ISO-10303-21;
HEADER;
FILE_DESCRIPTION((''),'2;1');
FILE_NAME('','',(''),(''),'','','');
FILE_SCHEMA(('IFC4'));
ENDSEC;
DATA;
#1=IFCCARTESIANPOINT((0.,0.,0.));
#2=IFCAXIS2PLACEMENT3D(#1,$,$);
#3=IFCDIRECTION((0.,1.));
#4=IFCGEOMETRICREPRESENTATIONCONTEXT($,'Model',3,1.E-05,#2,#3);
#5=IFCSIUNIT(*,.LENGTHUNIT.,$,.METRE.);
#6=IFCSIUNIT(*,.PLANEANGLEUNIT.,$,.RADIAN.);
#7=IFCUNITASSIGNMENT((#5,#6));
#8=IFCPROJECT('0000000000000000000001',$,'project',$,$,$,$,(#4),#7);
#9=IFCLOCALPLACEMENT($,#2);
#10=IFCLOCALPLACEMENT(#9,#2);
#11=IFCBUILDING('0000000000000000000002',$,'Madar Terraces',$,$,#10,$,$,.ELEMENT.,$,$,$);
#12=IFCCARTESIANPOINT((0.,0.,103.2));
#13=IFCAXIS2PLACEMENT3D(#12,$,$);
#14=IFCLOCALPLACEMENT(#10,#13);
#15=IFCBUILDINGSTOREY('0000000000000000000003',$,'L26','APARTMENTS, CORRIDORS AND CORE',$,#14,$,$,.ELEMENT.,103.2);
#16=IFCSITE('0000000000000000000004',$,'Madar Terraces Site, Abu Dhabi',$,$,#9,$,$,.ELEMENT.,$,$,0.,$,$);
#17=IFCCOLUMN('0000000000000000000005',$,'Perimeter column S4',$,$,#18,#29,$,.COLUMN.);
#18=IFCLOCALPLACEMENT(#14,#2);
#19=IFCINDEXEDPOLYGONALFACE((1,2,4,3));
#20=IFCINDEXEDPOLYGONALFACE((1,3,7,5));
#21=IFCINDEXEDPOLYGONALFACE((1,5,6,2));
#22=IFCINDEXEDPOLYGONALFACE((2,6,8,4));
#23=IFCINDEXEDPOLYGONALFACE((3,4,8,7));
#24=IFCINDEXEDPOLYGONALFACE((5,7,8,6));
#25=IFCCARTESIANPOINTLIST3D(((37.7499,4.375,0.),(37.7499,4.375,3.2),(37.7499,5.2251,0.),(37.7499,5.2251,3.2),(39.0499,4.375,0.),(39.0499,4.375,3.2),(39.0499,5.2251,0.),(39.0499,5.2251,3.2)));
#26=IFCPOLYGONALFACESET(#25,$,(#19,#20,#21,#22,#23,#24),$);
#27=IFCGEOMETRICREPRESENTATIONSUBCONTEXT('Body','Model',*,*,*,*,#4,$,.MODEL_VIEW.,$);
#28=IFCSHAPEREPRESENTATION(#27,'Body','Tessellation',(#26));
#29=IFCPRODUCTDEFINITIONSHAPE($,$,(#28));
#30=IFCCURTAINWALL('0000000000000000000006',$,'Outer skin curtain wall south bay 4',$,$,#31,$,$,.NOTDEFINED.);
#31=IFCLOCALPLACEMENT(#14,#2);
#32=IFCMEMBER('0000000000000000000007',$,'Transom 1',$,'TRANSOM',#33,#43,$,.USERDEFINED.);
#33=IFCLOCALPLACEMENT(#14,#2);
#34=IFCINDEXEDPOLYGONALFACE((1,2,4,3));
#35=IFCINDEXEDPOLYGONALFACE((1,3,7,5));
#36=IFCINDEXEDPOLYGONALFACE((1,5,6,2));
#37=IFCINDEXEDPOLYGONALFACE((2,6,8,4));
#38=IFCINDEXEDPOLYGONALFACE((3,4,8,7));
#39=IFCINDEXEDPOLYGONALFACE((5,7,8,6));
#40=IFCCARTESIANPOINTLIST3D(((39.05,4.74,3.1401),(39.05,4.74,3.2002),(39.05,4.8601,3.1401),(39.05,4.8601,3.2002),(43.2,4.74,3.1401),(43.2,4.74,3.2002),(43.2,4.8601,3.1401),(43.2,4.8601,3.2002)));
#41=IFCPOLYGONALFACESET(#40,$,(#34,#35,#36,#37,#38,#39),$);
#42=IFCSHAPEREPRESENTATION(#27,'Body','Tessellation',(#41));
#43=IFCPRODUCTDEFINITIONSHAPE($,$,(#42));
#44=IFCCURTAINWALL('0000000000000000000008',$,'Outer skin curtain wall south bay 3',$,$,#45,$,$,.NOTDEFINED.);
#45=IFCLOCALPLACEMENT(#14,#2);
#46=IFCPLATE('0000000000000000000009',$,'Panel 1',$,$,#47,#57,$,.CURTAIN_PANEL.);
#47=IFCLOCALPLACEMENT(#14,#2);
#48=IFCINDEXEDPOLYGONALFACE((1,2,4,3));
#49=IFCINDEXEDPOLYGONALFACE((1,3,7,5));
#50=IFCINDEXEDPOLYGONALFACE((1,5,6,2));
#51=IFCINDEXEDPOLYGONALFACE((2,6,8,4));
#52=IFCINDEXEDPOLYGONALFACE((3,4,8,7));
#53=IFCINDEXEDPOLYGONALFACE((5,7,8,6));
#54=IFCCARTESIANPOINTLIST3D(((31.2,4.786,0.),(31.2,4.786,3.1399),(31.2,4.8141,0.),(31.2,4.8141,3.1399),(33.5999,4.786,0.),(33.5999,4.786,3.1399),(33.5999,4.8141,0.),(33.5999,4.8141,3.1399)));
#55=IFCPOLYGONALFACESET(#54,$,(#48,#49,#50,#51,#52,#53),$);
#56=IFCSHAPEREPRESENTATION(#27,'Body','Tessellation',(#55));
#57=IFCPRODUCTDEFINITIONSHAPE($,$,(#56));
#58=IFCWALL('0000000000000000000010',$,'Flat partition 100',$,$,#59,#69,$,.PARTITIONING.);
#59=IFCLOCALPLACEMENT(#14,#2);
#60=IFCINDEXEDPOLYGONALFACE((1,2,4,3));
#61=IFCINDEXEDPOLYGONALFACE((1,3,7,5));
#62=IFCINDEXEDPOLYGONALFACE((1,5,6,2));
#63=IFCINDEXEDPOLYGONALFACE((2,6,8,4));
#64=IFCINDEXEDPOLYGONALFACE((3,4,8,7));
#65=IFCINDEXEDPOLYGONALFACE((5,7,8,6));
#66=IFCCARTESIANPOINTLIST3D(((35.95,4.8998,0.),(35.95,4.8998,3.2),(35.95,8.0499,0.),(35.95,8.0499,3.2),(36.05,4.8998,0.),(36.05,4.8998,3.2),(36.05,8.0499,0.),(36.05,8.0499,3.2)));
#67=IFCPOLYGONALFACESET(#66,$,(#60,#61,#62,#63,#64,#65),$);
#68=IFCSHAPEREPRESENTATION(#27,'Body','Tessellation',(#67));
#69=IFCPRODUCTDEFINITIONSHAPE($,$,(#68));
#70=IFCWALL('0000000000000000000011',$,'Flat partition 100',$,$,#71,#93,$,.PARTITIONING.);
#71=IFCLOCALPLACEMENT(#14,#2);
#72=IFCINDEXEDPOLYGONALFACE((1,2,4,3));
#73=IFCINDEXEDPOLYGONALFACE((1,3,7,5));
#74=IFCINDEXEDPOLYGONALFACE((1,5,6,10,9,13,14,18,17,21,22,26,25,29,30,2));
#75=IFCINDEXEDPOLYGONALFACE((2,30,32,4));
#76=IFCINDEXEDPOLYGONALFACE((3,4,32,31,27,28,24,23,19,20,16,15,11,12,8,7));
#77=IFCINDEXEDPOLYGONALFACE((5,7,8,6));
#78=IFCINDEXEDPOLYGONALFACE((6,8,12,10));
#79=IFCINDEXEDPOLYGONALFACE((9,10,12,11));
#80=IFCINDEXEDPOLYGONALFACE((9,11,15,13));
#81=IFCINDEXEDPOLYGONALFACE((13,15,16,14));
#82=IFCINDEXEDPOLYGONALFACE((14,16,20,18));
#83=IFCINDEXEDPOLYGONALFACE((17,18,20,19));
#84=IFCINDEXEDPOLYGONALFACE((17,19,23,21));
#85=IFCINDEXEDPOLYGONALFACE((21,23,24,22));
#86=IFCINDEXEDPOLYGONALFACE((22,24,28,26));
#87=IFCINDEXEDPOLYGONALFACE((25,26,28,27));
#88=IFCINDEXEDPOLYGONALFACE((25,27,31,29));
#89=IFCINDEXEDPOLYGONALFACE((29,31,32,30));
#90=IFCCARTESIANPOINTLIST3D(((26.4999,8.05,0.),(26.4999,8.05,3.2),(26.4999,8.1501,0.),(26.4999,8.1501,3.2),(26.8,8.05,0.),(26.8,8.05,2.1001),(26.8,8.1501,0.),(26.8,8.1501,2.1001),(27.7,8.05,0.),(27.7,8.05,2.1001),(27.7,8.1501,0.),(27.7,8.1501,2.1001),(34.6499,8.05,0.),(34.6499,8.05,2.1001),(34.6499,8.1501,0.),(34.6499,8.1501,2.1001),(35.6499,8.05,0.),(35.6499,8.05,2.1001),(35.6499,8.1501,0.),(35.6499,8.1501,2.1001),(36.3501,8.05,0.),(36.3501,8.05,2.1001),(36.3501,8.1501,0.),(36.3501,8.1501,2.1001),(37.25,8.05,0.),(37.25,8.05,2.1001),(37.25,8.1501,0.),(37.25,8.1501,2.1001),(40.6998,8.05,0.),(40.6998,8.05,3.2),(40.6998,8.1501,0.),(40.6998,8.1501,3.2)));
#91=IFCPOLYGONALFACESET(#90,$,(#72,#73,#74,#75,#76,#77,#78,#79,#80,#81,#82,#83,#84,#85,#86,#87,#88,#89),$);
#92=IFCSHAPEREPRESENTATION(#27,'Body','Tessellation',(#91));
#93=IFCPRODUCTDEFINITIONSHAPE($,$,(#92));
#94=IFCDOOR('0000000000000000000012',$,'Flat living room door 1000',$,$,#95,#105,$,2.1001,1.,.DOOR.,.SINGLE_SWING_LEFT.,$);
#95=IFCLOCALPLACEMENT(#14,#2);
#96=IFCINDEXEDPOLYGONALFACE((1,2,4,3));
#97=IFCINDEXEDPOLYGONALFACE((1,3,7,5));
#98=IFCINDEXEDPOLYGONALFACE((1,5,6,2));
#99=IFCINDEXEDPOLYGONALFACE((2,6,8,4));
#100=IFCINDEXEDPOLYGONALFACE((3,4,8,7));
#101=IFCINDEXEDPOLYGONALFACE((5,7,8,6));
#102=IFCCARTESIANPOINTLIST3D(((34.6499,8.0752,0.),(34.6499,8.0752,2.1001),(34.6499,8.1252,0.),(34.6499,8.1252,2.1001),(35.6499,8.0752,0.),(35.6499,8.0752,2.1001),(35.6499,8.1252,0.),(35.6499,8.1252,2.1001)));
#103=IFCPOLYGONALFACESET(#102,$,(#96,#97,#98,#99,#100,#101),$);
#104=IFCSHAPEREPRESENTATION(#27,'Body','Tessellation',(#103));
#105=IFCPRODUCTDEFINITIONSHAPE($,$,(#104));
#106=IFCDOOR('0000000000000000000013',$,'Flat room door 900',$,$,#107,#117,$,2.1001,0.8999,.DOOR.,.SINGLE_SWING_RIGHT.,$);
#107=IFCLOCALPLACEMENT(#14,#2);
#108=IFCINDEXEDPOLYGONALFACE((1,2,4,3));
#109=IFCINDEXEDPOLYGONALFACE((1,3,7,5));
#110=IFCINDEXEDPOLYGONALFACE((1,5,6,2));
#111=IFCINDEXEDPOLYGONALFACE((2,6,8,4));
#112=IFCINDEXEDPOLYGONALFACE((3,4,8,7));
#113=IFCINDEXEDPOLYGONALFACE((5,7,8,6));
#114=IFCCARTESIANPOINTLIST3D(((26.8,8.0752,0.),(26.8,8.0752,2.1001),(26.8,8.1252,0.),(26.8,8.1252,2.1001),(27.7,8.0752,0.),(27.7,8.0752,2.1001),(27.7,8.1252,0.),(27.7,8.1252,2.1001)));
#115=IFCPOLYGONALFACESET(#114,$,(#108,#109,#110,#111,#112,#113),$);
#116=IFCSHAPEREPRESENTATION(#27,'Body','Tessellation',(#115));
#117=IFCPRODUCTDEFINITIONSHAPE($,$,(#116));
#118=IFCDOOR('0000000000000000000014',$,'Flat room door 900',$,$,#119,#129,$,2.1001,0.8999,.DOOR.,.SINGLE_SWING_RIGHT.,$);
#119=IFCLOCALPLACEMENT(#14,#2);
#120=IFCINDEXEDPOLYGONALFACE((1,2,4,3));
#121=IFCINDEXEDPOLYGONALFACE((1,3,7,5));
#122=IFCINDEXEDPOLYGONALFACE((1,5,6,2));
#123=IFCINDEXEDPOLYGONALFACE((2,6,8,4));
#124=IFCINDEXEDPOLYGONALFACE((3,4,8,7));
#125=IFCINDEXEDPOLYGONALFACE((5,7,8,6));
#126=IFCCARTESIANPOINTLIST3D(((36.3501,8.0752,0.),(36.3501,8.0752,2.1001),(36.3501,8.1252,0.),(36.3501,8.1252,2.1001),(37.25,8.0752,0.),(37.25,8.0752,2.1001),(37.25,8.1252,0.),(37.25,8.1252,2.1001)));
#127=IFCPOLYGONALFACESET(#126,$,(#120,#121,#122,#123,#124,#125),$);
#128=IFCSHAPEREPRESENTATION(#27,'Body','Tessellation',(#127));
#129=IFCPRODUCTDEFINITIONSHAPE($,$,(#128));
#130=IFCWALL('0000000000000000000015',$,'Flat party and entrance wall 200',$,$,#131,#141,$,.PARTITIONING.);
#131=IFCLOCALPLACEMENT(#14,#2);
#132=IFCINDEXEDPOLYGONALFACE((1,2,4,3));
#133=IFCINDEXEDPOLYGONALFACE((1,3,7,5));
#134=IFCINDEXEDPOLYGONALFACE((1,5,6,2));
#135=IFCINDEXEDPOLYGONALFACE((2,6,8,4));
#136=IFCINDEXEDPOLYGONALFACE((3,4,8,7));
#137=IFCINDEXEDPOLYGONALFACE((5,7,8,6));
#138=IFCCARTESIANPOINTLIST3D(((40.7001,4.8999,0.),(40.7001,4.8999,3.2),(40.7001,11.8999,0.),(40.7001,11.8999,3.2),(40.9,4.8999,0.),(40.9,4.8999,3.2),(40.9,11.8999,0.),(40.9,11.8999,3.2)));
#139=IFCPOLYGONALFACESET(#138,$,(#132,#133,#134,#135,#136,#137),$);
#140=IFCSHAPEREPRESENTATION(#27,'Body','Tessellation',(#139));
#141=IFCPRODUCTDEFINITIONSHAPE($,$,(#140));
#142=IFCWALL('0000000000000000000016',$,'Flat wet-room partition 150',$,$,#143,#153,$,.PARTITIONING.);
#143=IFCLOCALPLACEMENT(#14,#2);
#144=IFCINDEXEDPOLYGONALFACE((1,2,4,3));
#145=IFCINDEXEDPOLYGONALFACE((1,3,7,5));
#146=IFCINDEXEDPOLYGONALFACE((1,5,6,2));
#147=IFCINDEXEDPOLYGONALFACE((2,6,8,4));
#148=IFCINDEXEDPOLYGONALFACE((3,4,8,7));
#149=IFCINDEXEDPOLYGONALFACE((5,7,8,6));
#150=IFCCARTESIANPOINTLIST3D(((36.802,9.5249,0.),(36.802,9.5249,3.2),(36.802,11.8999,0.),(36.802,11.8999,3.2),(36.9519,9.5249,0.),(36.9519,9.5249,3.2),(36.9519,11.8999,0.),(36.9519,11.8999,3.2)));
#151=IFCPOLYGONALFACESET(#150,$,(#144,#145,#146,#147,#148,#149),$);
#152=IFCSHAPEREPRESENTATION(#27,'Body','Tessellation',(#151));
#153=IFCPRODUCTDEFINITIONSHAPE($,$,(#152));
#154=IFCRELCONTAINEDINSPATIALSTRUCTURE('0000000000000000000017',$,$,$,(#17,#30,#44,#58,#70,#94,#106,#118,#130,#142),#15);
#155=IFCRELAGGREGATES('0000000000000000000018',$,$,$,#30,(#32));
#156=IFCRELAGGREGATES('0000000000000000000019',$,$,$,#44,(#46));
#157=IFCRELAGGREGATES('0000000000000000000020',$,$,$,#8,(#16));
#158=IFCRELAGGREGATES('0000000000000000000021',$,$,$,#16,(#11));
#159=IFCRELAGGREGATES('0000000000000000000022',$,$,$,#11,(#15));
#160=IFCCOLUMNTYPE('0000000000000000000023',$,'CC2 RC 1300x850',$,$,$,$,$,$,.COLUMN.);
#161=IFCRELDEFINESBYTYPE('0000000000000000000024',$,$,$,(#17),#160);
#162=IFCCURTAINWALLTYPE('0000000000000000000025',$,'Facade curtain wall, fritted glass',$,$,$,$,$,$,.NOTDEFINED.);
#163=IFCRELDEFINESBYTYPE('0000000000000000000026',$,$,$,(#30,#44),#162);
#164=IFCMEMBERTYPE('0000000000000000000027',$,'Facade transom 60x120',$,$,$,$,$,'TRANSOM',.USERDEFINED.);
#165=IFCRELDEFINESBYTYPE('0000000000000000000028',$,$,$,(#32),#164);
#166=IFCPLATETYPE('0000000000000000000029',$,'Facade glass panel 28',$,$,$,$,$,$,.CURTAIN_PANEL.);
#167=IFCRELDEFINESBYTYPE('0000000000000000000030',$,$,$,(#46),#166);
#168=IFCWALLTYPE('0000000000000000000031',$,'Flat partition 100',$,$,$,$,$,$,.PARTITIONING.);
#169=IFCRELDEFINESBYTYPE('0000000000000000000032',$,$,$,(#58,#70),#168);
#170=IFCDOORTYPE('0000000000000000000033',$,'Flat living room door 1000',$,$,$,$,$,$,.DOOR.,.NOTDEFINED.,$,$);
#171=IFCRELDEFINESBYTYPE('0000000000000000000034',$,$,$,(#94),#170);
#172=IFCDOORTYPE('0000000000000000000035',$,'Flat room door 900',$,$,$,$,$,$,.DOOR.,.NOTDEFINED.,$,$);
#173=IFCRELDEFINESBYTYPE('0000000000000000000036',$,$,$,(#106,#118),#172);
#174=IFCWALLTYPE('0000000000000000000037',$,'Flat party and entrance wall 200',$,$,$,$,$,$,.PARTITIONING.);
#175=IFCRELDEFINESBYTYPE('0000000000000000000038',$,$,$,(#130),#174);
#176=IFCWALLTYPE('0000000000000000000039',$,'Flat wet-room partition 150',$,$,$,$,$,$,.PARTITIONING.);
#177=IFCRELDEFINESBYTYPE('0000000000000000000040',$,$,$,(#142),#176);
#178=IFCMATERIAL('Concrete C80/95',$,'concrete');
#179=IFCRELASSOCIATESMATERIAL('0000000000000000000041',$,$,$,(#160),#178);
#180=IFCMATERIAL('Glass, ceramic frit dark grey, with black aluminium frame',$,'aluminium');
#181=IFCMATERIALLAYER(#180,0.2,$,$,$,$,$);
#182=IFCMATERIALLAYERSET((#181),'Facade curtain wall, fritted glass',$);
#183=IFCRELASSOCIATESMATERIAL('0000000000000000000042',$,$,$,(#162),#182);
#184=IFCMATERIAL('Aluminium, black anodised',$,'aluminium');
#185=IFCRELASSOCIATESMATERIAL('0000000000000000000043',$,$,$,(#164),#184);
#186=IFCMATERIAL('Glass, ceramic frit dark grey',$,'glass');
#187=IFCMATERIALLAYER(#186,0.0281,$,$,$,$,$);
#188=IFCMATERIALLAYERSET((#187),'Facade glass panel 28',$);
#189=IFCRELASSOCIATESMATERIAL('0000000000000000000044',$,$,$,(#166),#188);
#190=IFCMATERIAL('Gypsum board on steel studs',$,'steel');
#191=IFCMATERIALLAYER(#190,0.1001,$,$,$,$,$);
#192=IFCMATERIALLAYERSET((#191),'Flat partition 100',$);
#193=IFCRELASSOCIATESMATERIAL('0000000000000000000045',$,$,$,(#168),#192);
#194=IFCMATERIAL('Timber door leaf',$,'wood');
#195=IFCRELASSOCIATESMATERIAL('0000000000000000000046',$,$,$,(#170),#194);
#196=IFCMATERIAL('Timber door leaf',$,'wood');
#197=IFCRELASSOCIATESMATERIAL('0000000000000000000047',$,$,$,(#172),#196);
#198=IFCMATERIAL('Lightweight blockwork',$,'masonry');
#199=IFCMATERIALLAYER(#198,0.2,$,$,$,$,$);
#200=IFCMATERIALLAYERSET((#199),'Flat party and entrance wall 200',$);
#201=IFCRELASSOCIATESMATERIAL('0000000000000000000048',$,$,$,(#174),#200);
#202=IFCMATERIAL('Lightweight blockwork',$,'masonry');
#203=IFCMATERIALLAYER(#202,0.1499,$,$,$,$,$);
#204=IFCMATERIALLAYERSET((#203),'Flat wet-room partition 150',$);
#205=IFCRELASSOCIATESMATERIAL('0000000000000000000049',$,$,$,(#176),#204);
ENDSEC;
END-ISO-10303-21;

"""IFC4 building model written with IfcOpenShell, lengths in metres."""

from ifc_helpers import new_model, si_unit, direction, frame, frame_2d, origin, origin_2d, place, context, subcontext, project, spatial, rectangle, extrude, material, layer, layer_set, material_profile, profile_set, type_object, element, fill, aggregate, save


model = new_model("IFC4")

# Units and contexts
model_context = context("Model", 3, precision=1e-05, world=origin(), true_north=direction((0.0, 1.0)))
body_context = subcontext(model_context, "Body", "Model", "MODEL_VIEW")
ifc_project = project(units=[si_unit("LENGTHUNIT", "METRE"), si_unit("PLANEANGLEUNIT", "RADIAN")], contexts=[model_context])

# Site, building, storey
site_placement = place(None, origin())
site = spatial("IfcSite", under=ifc_project, at=site_placement, Name="Madar Terraces Site, Abu Dhabi", CompositionType="ELEMENT", RefElevation=0.0)
building_placement = place(site_placement, origin())
building = spatial("IfcBuilding", under=site, at=building_placement, Name="Madar Terraces", CompositionType="ELEMENT")
storey_placement = place(building_placement, frame((0.0, 0.0, 103.2)))
storey = spatial("IfcBuildingStorey", under=building, at=storey_placement, Name="L26", Description="APARTMENTS, CORRIDORS AND CORE", CompositionType="ELEMENT", Elevation=103.2)

# Column
ifc_material_1 = material(Name="Concrete C80/95", Category="concrete")
ifc_material_profile_1 = material_profile(ifc_material_1, rectangle(XDim=1.3, YDim=0.8501, at=origin_2d()), Name="CC2 RC 1300x850")
ifc_profile_set_1 = profile_set([ifc_material_profile_1], Name="Concrete C80/95")
column_type = type_object("IfcColumnType", Name="CC2 RC 1300x850", PredefinedType="COLUMN", material=ifc_profile_set_1)
column_placement = place(storey_placement, frame((38.3999, 4.8, 0.0), z_axis=(0.0, 0.0, 1.0), x_axis=(1.0, 0.0, 0.0)))
element("IfcColumn", 1, at=column_placement, inside=storey, type_object=column_type, Name="Perimeter column S4", PredefinedType="COLUMN", context=body_context, shape_type="SweptSolid", body=[
    extrude(rectangle(XDim=1.3, YDim=0.8501, at=origin_2d()), origin(), (0.0, 0.0, 1.0), 3.2),
])

# Curtain wall, member
ifc_material_2 = material(Name="Glass, ceramic frit dark grey, with black aluminium frame", Category="aluminium")
ifc_layer_1 = layer(ifc_material_2, 0.2)
ifc_layer_set_1 = layer_set([ifc_layer_1], Name="Facade curtain wall, fritted glass")
curtain_wall_type = type_object("IfcCurtainWallType", Name="Facade curtain wall, fritted glass", PredefinedType="NOTDEFINED", material=ifc_layer_set_1)
curtain_wall_1_placement = place(storey_placement, origin())
curtain_wall_1 = element("IfcCurtainWall", 2, at=curtain_wall_1_placement, inside=storey, type_object=curtain_wall_type, Name="Outer skin curtain wall south bay 4", PredefinedType="NOTDEFINED")
ifc_material_3 = material(Name="Aluminium, black anodised", Category="aluminium")
ifc_material_profile_2 = material_profile(ifc_material_3, rectangle(XDim=0.1201, YDim=0.0601, at=origin_2d()), Name="Facade transom 60x120")
ifc_profile_set_2 = profile_set([ifc_material_profile_2], Name="Aluminium, black anodised")
member_type = type_object("IfcMemberType", Name="Facade transom 60x120", ElementType="TRANSOM", PredefinedType="USERDEFINED", material=ifc_profile_set_2)
member_placement = place(storey_placement, frame((39.05, 4.8, 3.1702), z_axis=(1.0, 0.0, 0.0), x_axis=(0.0, 1.0, 0.0)))
member = element("IfcMember", 3, at=member_placement, type_object=member_type, Name="Transom 1", ObjectType="TRANSOM", PredefinedType="USERDEFINED", context=body_context, shape_type="SweptSolid", body=[
    extrude(rectangle(XDim=0.1201, YDim=0.0601, at=origin_2d()), origin(), (0.0, 0.0, 1.0), 4.1499),
])
aggregate(curtain_wall_1, [member])

# Curtain wall, plate
curtain_wall_2_placement = place(storey_placement, origin())
curtain_wall_2 = element("IfcCurtainWall", 4, at=curtain_wall_2_placement, inside=storey, type_object=curtain_wall_type, Name="Outer skin curtain wall south bay 3", PredefinedType="NOTDEFINED")
ifc_material_4 = material(Name="Glass, ceramic frit dark grey", Category="glass")
ifc_layer_2 = layer(ifc_material_4, 0.0281)
ifc_layer_set_2 = layer_set([ifc_layer_2], Name="Facade glass panel 28")
plate_type = type_object("IfcPlateType", Name="Facade glass panel 28", PredefinedType="CURTAIN_PANEL", material=ifc_layer_set_2)
plate_placement = place(storey_placement, frame((32.3999, 4.8, 0.0), z_axis=(0.0, 0.0, 1.0), x_axis=(1.0, 0.0, 0.0)))
plate = element("IfcPlate", 5, at=plate_placement, type_object=plate_type, Name="Panel 1", PredefinedType="CURTAIN_PANEL", context=body_context, shape_type="SweptSolid", body=[
    extrude(rectangle(XDim=2.3999, YDim=0.0281, at=origin_2d()), origin(), (0.0, 0.0, 1.0), 3.1399),
])
aggregate(curtain_wall_2, [plate])

# Wall
ifc_material_5 = material(Name="Gypsum board on steel studs", Category="steel")
ifc_layer_3 = layer(ifc_material_5, 0.1001)
ifc_layer_set_3 = layer_set([ifc_layer_3], Name="Flat partition 100")
wall_type_1 = type_object("IfcWallType", Name="Flat partition 100", PredefinedType="PARTITIONING", material=ifc_layer_set_3)
wall_1_placement = place(storey_placement, frame((36.0, 8.05, 0.0), z_axis=(0.0, 0.0, 1.0), x_axis=(0.0, -1.0, 0.0)))
element("IfcWall", 6, at=wall_1_placement, inside=storey, type_object=wall_type_1, Name="Flat partition 100", PredefinedType="PARTITIONING", context=body_context, shape_type="SweptSolid", body=[
    extrude(rectangle(XDim=3.1501, YDim=0.1001, at=frame_2d((1.5752, 0.0))), origin(), (0.0, 0.0, 1.0), 3.2),
])

# Wall, openings, doors
wall_2_placement = place(storey_placement, frame((40.7, 8.1001, 0.0), z_axis=(0.0, 0.0, 1.0), x_axis=(-1.0, 0.0, 0.0)))
wall_2 = element("IfcWall", 7, at=wall_2_placement, inside=storey, type_object=wall_type_1, Name="Flat partition 100", PredefinedType="PARTITIONING", context=body_context, shape_type="SweptSolid", body=[
    extrude(rectangle(XDim=14.2, YDim=0.1001, at=frame_2d((7.1001, 0.0))), origin(), (0.0, 0.0, 1.0), 3.2),
])
opening_1_placement = place(wall_2_placement, frame((13.0, 0.0, 0.0)))
opening_1 = element("IfcOpeningElement", 8, at=opening_1_placement, cuts=wall_2, PredefinedType="OPENING", context=body_context, shape_type="SweptSolid", body=[
    extrude(rectangle(XDim=0.8999, YDim=2.1001, at=frame_2d((0.45, 1.05))), frame((0.0, 0.0601, 0.0), z_axis=(0.0, -1.0, 0.0), x_axis=(1.0, 0.0, 0.0)), (0.0, 0.0, 1.0), 0.1201),
])
opening_2_placement = place(wall_2_placement, frame((5.05, 0.0, 0.0)))
opening_2 = element("IfcOpeningElement", 9, at=opening_2_placement, cuts=wall_2, PredefinedType="OPENING", context=body_context, shape_type="SweptSolid", body=[
    extrude(rectangle(XDim=1.0, YDim=2.1001, at=frame_2d((0.5, 1.05))), frame((0.0, 0.0601, 0.0), z_axis=(0.0, -1.0, 0.0), x_axis=(1.0, 0.0, 0.0)), (0.0, 0.0, 1.0), 0.1201),
])
opening_3_placement = place(wall_2_placement, frame((3.45, 0.0, 0.0)))
opening_3 = element("IfcOpeningElement", 10, at=opening_3_placement, cuts=wall_2, PredefinedType="OPENING", context=body_context, shape_type="SweptSolid", body=[
    extrude(rectangle(XDim=0.8999, YDim=2.1001, at=frame_2d((0.45, 1.05))), frame((0.0, 0.0601, 0.0), z_axis=(0.0, -1.0, 0.0), x_axis=(1.0, 0.0, 0.0)), (0.0, 0.0, 1.0), 0.1201),
])
ifc_material_6 = material(Name="Timber door leaf", Category="wood")
door_type_1 = type_object("IfcDoorType", Name="Flat living room door 1000", OperationType="NOTDEFINED", PredefinedType="DOOR", material=ifc_material_6)
door_1_placement = place(opening_2_placement, origin())
door_1 = element("IfcDoor", 11, at=door_1_placement, inside=storey, type_object=door_type_1, Name="Flat living room door 1000", OperationType="SINGLE_SWING_LEFT", OverallHeight=2.1001, OverallWidth=1.0, PredefinedType="DOOR", context=body_context, shape_type="SweptSolid", body=[
    extrude(rectangle(XDim=1.0, YDim=2.1001, at=frame_2d((0.5, 1.05))), frame((0.0, 0.0249, 0.0), z_axis=(0.0, -1.0, 0.0), x_axis=(1.0, 0.0, 0.0)), (0.0, 0.0, 1.0), 0.05),
])
fill(opening_2, door_1)
ifc_material_7 = material(Name="Timber door leaf", Category="wood")
door_type_2 = type_object("IfcDoorType", Name="Flat room door 900", OperationType="NOTDEFINED", PredefinedType="DOOR", material=ifc_material_7)
door_2_placement = place(opening_1_placement, origin())
door_2 = element("IfcDoor", 12, at=door_2_placement, inside=storey, type_object=door_type_2, Name="Flat room door 900", OperationType="SINGLE_SWING_RIGHT", OverallHeight=2.1001, OverallWidth=0.8999, PredefinedType="DOOR", context=body_context, shape_type="SweptSolid", body=[
    extrude(rectangle(XDim=0.8999, YDim=2.1001, at=frame_2d((0.45, 1.05))), frame((0.0, 0.0249, 0.0), z_axis=(0.0, -1.0, 0.0), x_axis=(1.0, 0.0, 0.0)), (0.0, 0.0, 1.0), 0.05),
])
fill(opening_1, door_2)
door_3_placement = place(opening_3_placement, origin())
door_3 = element("IfcDoor", 13, at=door_3_placement, inside=storey, type_object=door_type_2, Name="Flat room door 900", OperationType="SINGLE_SWING_RIGHT", OverallHeight=2.1001, OverallWidth=0.8999, PredefinedType="DOOR", context=body_context, shape_type="SweptSolid", body=[
    extrude(rectangle(XDim=0.8999, YDim=2.1001, at=frame_2d((0.45, 1.05))), frame((0.0, 0.0249, 0.0), z_axis=(0.0, -1.0, 0.0), x_axis=(1.0, 0.0, 0.0)), (0.0, 0.0, 1.0), 0.05),
])
fill(opening_3, door_3)

# Walls
ifc_material_8 = material(Name="Lightweight blockwork", Category="masonry")
ifc_layer_4 = layer(ifc_material_8, 0.2)
ifc_layer_set_4 = layer_set([ifc_layer_4], Name="Flat party and entrance wall 200")
wall_type_2 = type_object("IfcWallType", Name="Flat party and entrance wall 200", PredefinedType="PARTITIONING", material=ifc_layer_set_4)
wall_3_placement = place(storey_placement, frame((40.8, 11.8999, 0.0), z_axis=(0.0, 0.0, 1.0), x_axis=(0.0, -1.0, 0.0)))
element("IfcWall", 14, at=wall_3_placement, inside=storey, type_object=wall_type_2, Name="Flat party and entrance wall 200", PredefinedType="PARTITIONING", context=body_context, shape_type="SweptSolid", body=[
    extrude(rectangle(XDim=7.0, YDim=0.2, at=frame_2d((3.5, 0.0))), origin(), (0.0, 0.0, 1.0), 3.2),
])
ifc_material_9 = material(Name="Lightweight blockwork", Category="masonry")
ifc_layer_5 = layer(ifc_material_9, 0.1499)
ifc_layer_set_5 = layer_set([ifc_layer_5], Name="Flat wet-room partition 150")
wall_type_3 = type_object("IfcWallType", Name="Flat wet-room partition 150", PredefinedType="PARTITIONING", material=ifc_layer_set_5)
wall_4_placement = place(storey_placement, frame((36.877, 11.8999, 0.0), z_axis=(0.0, 0.0, 1.0), x_axis=(0.0, -1.0, 0.0)))
element("IfcWall", 15, at=wall_4_placement, inside=storey, type_object=wall_type_3, Name="Flat wet-room partition 150", PredefinedType="PARTITIONING", context=body_context, shape_type="SweptSolid", body=[
    extrude(rectangle(XDim=2.375, YDim=0.1499, at=frame_2d((1.1875, 0.0))), origin(), (0.0, 0.0, 1.0), 3.2),
])

save(model, "model.ifc")
